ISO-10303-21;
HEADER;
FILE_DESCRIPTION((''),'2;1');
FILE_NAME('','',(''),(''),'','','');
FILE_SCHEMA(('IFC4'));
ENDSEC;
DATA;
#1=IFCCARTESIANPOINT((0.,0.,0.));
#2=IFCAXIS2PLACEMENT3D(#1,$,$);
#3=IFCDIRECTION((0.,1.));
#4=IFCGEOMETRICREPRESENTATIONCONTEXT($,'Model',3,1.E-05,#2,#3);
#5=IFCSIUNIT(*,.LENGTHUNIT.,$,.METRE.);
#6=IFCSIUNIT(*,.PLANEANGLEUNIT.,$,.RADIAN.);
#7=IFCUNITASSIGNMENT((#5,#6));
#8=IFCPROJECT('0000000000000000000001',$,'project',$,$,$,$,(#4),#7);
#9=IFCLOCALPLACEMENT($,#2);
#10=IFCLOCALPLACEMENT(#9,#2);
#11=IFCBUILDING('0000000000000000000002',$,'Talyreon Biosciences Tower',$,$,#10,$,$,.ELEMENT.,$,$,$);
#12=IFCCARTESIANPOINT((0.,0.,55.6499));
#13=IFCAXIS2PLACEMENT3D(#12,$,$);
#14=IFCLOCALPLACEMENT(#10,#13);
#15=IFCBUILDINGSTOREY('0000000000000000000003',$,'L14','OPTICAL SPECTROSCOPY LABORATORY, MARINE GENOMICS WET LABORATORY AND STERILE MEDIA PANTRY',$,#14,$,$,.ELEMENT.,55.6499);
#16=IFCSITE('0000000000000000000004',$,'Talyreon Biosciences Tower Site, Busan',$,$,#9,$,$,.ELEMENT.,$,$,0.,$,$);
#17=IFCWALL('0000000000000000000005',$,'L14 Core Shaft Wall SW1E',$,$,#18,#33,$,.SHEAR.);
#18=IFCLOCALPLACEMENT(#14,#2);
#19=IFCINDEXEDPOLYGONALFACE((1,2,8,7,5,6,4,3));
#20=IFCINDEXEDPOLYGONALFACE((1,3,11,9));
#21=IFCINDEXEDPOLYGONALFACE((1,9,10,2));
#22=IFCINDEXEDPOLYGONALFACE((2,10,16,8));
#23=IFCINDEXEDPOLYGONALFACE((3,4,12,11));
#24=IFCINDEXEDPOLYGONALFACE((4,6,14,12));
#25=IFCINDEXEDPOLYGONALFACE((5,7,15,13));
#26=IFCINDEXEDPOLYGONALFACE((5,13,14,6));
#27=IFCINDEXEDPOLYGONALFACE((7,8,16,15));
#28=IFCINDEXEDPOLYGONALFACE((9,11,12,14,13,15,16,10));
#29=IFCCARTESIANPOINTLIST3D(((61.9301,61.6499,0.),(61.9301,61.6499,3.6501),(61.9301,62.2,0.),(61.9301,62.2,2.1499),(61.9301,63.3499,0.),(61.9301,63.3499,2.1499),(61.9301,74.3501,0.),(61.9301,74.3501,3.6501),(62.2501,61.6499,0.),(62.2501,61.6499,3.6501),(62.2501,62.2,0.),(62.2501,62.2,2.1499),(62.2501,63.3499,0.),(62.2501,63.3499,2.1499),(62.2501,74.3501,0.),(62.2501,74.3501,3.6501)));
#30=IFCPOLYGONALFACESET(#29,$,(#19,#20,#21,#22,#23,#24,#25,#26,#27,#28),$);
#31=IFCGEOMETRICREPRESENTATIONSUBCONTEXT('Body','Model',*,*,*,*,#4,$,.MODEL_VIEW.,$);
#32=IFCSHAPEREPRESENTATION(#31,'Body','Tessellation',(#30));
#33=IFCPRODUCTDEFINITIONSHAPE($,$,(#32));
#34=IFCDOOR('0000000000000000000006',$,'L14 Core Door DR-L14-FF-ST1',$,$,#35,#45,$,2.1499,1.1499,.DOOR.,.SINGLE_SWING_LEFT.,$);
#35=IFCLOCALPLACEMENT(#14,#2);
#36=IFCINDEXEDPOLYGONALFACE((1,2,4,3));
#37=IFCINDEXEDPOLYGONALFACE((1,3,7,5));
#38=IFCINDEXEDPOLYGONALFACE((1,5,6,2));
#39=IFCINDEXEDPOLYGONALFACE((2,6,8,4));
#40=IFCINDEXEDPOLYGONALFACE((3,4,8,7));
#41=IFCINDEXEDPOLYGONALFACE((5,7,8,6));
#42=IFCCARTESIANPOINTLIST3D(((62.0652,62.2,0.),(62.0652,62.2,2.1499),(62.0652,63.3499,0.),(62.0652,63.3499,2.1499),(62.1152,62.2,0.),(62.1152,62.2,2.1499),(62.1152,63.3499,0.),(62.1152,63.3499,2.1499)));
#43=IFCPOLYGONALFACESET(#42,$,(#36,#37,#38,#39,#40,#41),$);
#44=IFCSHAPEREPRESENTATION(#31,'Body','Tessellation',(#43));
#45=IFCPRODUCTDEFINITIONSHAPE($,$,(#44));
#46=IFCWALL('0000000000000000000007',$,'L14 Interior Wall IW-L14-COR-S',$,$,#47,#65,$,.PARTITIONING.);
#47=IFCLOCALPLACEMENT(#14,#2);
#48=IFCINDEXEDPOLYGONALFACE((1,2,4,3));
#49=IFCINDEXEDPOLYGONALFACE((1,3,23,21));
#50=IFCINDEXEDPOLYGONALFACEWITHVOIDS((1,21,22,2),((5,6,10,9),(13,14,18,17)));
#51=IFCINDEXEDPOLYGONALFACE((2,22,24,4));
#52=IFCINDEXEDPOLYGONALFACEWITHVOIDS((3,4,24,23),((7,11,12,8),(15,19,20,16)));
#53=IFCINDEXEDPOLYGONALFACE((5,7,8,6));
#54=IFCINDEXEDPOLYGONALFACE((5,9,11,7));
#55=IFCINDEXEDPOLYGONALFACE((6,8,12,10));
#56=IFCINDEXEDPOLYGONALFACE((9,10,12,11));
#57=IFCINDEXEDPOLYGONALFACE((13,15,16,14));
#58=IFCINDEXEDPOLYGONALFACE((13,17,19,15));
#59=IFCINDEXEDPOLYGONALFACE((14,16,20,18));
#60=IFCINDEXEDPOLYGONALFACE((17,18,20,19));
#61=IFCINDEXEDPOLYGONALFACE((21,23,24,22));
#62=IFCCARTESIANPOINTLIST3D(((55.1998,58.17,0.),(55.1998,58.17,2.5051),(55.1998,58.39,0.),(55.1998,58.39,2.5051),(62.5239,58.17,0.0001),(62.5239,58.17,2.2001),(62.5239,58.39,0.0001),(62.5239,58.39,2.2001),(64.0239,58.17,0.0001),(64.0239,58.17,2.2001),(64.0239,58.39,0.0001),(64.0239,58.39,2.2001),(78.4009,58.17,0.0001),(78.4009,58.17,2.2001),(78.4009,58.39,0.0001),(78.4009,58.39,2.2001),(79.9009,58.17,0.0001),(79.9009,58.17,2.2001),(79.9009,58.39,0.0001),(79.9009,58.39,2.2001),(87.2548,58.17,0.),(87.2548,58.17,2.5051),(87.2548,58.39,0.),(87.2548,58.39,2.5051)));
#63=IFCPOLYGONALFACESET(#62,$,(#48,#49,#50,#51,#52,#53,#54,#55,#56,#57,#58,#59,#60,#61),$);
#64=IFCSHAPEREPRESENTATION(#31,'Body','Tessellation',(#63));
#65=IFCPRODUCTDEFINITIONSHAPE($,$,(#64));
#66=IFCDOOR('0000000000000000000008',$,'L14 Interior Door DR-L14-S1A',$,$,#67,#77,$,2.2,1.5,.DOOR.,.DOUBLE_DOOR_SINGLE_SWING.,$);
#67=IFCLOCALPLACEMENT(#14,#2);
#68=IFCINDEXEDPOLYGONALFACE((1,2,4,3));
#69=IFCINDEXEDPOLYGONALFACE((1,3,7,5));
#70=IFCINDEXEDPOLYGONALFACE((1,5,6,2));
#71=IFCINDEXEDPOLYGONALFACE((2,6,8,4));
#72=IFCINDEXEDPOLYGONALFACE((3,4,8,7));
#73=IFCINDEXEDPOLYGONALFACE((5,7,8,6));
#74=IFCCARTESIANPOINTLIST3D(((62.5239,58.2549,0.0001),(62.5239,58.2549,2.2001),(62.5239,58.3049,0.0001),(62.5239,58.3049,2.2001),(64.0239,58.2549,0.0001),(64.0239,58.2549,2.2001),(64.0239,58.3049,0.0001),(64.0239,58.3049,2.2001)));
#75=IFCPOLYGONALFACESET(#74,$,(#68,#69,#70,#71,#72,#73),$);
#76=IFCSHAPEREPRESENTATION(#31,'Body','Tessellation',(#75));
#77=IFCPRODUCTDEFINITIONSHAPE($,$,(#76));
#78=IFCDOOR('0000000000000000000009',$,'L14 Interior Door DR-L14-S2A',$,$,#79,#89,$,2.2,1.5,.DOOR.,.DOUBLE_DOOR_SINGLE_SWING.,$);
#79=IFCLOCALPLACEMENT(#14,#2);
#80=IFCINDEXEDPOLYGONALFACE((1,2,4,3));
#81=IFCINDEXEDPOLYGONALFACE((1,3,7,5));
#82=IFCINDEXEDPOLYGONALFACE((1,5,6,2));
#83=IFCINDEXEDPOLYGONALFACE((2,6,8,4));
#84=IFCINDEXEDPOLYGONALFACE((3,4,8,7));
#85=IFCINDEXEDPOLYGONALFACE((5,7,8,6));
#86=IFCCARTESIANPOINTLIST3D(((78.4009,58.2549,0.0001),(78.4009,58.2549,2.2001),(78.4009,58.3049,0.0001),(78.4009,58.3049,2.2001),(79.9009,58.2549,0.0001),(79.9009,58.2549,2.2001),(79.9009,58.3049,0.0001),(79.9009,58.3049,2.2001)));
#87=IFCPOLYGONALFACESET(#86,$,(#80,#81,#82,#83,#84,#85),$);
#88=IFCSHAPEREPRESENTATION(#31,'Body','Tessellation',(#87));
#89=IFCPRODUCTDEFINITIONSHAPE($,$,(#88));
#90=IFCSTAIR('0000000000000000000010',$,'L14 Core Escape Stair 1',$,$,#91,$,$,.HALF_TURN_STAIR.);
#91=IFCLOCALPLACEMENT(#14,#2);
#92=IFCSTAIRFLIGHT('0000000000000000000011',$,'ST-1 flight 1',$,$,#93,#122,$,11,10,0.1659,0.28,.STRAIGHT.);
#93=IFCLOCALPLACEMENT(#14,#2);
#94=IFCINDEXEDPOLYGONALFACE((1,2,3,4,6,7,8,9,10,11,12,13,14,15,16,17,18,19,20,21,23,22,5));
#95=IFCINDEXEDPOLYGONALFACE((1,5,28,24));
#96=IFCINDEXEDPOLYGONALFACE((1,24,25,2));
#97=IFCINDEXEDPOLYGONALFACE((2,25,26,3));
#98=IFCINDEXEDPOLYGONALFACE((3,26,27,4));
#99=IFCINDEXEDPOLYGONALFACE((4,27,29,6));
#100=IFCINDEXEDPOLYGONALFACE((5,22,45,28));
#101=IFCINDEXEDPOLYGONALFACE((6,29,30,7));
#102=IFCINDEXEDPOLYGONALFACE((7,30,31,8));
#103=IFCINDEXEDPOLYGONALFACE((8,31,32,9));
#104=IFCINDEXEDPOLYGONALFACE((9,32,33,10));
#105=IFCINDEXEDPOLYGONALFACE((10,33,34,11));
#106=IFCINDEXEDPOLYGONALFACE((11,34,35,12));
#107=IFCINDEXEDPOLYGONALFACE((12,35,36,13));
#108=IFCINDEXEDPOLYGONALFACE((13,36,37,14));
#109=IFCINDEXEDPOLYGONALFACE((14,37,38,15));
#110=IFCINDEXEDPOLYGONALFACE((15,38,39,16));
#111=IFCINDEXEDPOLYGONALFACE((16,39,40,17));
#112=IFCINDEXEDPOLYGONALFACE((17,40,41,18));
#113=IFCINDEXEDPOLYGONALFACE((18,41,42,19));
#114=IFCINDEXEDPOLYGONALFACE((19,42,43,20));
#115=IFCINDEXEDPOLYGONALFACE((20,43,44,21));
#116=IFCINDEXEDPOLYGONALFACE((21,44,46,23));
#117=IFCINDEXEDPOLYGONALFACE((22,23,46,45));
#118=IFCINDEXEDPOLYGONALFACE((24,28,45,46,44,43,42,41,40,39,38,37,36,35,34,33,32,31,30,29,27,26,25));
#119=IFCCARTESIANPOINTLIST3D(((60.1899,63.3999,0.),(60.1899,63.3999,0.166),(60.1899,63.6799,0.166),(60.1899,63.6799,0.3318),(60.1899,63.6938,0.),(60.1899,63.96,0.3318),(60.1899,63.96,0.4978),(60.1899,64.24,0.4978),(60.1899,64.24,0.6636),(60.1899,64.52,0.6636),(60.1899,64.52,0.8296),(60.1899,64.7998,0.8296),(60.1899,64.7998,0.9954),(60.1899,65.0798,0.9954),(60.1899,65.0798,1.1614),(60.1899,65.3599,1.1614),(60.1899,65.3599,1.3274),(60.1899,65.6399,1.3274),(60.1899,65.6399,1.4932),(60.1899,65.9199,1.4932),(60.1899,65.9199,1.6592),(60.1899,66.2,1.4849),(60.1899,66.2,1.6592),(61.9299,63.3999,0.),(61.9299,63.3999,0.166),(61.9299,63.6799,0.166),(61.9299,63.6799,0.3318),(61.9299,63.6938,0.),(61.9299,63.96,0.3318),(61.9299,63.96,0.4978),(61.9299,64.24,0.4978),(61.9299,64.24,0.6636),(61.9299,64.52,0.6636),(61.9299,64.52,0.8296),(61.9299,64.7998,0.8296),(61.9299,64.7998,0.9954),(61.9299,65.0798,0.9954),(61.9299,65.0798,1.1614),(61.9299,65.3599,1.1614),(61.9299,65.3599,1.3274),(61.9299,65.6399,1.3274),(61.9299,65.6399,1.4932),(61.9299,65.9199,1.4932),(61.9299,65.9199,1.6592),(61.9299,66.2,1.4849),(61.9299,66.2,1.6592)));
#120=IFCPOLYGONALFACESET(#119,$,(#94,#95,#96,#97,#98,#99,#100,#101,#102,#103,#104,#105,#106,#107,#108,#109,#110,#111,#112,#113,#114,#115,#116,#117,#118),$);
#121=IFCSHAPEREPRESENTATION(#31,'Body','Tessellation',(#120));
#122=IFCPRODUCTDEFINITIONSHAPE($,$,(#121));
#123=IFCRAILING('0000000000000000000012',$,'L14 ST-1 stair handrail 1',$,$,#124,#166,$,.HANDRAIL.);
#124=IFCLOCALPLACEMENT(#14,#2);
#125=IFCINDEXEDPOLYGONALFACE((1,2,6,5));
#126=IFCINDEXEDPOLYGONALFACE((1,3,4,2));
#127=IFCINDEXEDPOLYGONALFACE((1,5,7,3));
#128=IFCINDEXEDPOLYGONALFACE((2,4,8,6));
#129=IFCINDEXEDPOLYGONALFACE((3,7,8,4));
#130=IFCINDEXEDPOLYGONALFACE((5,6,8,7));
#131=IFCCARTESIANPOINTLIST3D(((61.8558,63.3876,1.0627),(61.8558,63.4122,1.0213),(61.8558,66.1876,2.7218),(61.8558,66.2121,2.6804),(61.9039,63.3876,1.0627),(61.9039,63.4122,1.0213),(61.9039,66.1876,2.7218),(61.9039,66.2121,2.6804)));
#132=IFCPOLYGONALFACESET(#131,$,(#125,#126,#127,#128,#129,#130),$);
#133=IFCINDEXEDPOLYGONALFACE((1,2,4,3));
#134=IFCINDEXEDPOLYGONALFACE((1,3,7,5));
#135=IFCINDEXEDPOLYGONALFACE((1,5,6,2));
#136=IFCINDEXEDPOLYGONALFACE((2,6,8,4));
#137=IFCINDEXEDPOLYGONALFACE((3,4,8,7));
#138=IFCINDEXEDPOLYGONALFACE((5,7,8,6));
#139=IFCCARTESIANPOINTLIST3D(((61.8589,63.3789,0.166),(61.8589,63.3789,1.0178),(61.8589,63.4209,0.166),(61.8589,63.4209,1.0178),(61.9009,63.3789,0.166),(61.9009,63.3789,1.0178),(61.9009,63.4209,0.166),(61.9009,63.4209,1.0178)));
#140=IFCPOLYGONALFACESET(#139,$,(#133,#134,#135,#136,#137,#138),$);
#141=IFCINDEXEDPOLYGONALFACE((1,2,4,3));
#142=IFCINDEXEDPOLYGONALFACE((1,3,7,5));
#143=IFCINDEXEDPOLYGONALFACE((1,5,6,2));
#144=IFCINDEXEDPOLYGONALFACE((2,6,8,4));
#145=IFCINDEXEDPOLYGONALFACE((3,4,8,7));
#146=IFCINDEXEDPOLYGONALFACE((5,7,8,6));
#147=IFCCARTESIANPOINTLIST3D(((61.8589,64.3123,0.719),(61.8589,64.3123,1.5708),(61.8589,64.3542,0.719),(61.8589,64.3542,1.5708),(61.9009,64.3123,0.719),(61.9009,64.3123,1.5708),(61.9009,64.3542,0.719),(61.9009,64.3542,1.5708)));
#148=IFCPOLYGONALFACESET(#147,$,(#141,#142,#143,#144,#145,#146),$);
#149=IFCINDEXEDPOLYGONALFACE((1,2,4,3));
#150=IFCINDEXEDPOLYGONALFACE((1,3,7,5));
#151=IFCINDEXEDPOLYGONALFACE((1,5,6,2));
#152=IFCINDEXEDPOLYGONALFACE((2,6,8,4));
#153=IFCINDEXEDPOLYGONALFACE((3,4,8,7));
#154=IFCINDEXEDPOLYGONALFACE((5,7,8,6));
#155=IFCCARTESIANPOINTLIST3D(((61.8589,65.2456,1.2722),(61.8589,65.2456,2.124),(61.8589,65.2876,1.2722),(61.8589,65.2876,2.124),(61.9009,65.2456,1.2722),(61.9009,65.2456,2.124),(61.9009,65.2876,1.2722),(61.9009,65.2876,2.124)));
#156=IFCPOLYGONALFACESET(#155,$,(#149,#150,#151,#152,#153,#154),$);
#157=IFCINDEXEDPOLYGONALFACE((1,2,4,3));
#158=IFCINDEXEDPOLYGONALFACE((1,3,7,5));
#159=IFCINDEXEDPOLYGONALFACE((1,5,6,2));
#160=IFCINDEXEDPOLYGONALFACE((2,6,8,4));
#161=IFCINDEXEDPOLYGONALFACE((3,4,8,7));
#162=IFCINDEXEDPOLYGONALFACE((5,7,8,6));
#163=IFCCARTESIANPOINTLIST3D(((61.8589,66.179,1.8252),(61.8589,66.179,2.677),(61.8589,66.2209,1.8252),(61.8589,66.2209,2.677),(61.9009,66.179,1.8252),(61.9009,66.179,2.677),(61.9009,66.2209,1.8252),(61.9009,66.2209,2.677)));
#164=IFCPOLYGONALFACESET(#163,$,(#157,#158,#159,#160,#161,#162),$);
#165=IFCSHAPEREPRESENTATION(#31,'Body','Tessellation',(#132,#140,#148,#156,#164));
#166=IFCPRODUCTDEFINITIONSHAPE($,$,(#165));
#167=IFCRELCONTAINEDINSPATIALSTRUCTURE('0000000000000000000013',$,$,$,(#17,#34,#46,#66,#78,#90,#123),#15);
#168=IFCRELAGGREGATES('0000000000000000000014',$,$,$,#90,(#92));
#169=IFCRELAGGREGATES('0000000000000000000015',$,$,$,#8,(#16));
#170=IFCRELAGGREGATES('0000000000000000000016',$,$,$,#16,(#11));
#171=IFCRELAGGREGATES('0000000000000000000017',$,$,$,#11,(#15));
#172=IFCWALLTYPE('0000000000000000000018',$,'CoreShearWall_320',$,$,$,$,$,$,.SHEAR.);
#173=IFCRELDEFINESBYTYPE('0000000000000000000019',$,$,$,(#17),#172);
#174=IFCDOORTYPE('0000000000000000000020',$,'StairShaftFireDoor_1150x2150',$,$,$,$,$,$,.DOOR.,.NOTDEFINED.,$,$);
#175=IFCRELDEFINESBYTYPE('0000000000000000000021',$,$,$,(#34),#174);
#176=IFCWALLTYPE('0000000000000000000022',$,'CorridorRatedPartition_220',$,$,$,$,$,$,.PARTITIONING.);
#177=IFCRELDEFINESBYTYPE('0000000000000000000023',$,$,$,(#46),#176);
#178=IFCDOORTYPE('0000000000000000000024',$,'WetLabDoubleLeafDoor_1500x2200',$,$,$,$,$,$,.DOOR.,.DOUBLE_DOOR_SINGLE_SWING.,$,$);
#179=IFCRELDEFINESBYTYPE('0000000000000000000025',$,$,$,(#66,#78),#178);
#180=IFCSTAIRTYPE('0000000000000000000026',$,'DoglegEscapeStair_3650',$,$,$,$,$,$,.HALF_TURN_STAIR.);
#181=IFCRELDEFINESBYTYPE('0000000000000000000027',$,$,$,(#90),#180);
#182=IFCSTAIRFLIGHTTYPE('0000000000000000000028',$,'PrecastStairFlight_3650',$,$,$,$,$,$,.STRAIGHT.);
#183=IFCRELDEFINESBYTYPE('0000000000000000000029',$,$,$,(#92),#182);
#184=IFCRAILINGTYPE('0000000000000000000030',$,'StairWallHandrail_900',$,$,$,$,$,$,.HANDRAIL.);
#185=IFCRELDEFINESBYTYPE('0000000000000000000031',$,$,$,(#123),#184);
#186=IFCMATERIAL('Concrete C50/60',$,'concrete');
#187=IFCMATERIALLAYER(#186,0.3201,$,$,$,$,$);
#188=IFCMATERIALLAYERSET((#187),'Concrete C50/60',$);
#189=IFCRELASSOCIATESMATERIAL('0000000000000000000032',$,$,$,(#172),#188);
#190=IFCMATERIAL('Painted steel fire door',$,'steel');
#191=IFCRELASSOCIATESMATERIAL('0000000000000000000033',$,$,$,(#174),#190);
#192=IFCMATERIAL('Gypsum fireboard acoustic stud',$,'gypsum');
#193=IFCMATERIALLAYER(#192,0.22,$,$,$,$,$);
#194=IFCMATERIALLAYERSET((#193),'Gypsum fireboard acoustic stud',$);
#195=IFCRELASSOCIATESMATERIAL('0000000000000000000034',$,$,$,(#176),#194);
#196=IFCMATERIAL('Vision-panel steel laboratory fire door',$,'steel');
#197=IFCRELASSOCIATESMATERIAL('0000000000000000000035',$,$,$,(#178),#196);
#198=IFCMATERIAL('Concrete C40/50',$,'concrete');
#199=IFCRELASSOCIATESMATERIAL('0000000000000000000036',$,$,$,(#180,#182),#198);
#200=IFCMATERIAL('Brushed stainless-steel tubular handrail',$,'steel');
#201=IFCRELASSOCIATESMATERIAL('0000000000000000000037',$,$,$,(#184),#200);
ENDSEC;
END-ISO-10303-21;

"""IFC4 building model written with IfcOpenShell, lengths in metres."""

from ifc_helpers import new_model, si_unit, direction, frame, frame_2d, origin, origin_2d, place, context, subcontext, project, spatial, polyline, rectangle, outline, extrude, material, layer, layer_set, type_object, element, fill, aggregate, save


model = new_model("IFC4")

# Units and contexts
model_context = context("Model", 3, precision=1e-05, world=origin(), true_north=direction((0.0, 1.0)))
body_context = subcontext(model_context, "Body", "Model", "MODEL_VIEW")
ifc_project = project(units=[si_unit("LENGTHUNIT", "METRE"), si_unit("PLANEANGLEUNIT", "RADIAN")], contexts=[model_context])

# Site, building, storey
site_placement = place(None, origin())
site = spatial("IfcSite", under=ifc_project, at=site_placement, Name="Talyreon Biosciences Tower Site, Busan", CompositionType="ELEMENT", RefElevation=0.0)
building_placement = place(site_placement, origin())
building = spatial("IfcBuilding", under=site, at=building_placement, Name="Talyreon Biosciences Tower", CompositionType="ELEMENT")
storey_placement = place(building_placement, frame((0.0, 0.0, 55.6499)))
storey = spatial("IfcBuildingStorey", under=building, at=storey_placement, Name="L14", Description="OPTICAL SPECTROSCOPY LABORATORY, MARINE GENOMICS WET LABORATORY AND STERILE MEDIA PANTRY", CompositionType="ELEMENT", Elevation=55.6499)

# Wall, opening, door
ifc_material_1 = material(Name="Concrete C50/60", Category="concrete")
ifc_layer_1 = layer(ifc_material_1, 0.3201)
ifc_layer_set_1 = layer_set([ifc_layer_1], Name="Concrete C50/60")
wall_type_1 = type_object("IfcWallType", Name="CoreShearWall_320", PredefinedType="SHEAR", material=ifc_layer_set_1)
wall_1_placement = place(storey_placement, frame((62.0901, 61.6499, 0.0), z_axis=(0.0, 0.0, 1.0), x_axis=(0.0, 1.0, 0.0)))
wall_1 = element("IfcWall", 1, at=wall_1_placement, inside=storey, type_object=wall_type_1, Name="L14 Core Shaft Wall SW1E", PredefinedType="SHEAR", context=body_context, shape_type="SweptSolid", body=[
    extrude(rectangle(XDim=12.7002, YDim=0.3201, at=frame_2d((6.3501, 0.0))), origin(), (0.0, 0.0, 1.0), 3.6501),
])
opening_1_placement = place(wall_1_placement, frame((0.55, 0.0, 0.0)))
opening_1 = element("IfcOpeningElement", 2, at=opening_1_placement, cuts=wall_1, PredefinedType="OPENING", context=body_context, shape_type="SweptSolid", body=[
    extrude(rectangle(XDim=1.1499, YDim=2.1499, at=frame_2d((0.575, 1.075))), frame((0.0, 0.1699, 0.0), z_axis=(0.0, -1.0, 0.0), x_axis=(1.0, 0.0, 0.0)), (0.0, 0.0, 1.0), 0.3401),
])
ifc_material_2 = material(Name="Painted steel fire door", Category="steel")
door_type_1 = type_object("IfcDoorType", Name="StairShaftFireDoor_1150x2150", OperationType="NOTDEFINED", PredefinedType="DOOR", material=ifc_material_2)
door_1_placement = place(opening_1_placement, origin())
door_1 = element("IfcDoor", 3, at=door_1_placement, inside=storey, type_object=door_type_1, Name="L14 Core Door DR-L14-FF-ST1", OperationType="SINGLE_SWING_LEFT", OverallHeight=2.1499, OverallWidth=1.1499, PredefinedType="DOOR", context=body_context, shape_type="SweptSolid", body=[
    extrude(rectangle(XDim=1.1499, YDim=2.1499, at=frame_2d((0.575, 1.075))), frame((0.0, 0.0249, 0.0), z_axis=(0.0, -1.0, 0.0), x_axis=(1.0, 0.0, 0.0)), (0.0, 0.0, 1.0), 0.05),
])
fill(opening_1, door_1)

# Wall, openings, doors
ifc_material_3 = material(Name="Gypsum fireboard acoustic stud", Category="gypsum")
ifc_layer_2 = layer(ifc_material_3, 0.22)
ifc_layer_set_2 = layer_set([ifc_layer_2], Name="Gypsum fireboard acoustic stud")
wall_type_2 = type_object("IfcWallType", Name="CorridorRatedPartition_220", PredefinedType="PARTITIONING", material=ifc_layer_set_2)
wall_2_placement = place(storey_placement, frame((55.2, 58.28, 0.0), z_axis=(0.0, 0.0, 1.0), x_axis=(1.0, 0.0, 0.0)))
wall_2 = element("IfcWall", 4, at=wall_2_placement, inside=storey, type_object=wall_type_2, Name="L14 Interior Wall IW-L14-COR-S", PredefinedType="PARTITIONING", context=body_context, shape_type="SweptSolid", body=[
    extrude(rectangle(XDim=32.0549, YDim=0.22, at=frame_2d((16.0273, 0.0))), origin(), (0.0, 0.0, 1.0), 2.5051),
])
opening_2_placement = place(wall_2_placement, frame((7.324, 0.0, 0.0)))
opening_2 = element("IfcOpeningElement", 5, at=opening_2_placement, cuts=wall_2, PredefinedType="OPENING", context=body_context, shape_type="SweptSolid", body=[
    extrude(rectangle(XDim=1.5, YDim=2.2, at=frame_2d((0.75, 1.1001))), frame((0.0, 0.1199, 0.0), z_axis=(0.0, -1.0, 0.0), x_axis=(1.0, 0.0, 0.0)), (0.0, 0.0, 1.0), 0.24),
])
opening_3_placement = place(wall_2_placement, frame((23.2009, 0.0, 0.0)))
opening_3 = element("IfcOpeningElement", 6, at=opening_3_placement, cuts=wall_2, PredefinedType="OPENING", context=body_context, shape_type="SweptSolid", body=[
    extrude(rectangle(XDim=1.5, YDim=2.2, at=frame_2d((0.75, 1.1001))), frame((0.0, 0.1199, 0.0), z_axis=(0.0, -1.0, 0.0), x_axis=(1.0, 0.0, 0.0)), (0.0, 0.0, 1.0), 0.24),
])
ifc_material_4 = material(Name="Vision-panel steel laboratory fire door", Category="steel")
door_type_2 = type_object("IfcDoorType", Name="WetLabDoubleLeafDoor_1500x2200", OperationType="DOUBLE_DOOR_SINGLE_SWING", PredefinedType="DOOR", material=ifc_material_4)
door_2_placement = place(opening_2_placement, origin())
door_2 = element("IfcDoor", 7, at=door_2_placement, inside=storey, type_object=door_type_2, Name="L14 Interior Door DR-L14-S1A", OperationType="DOUBLE_DOOR_SINGLE_SWING", OverallHeight=2.2, OverallWidth=1.5, PredefinedType="DOOR", context=body_context, shape_type="SweptSolid", body=[
    extrude(rectangle(XDim=1.5, YDim=2.2, at=frame_2d((0.75, 1.1001))), frame((0.0, 0.0249, 0.0), z_axis=(0.0, -1.0, 0.0), x_axis=(1.0, 0.0, 0.0)), (0.0, 0.0, 1.0), 0.05),
])
fill(opening_2, door_2)
door_3_placement = place(opening_3_placement, origin())
door_3 = element("IfcDoor", 8, at=door_3_placement, inside=storey, type_object=door_type_2, Name="L14 Interior Door DR-L14-S2A", OperationType="DOUBLE_DOOR_SINGLE_SWING", OverallHeight=2.2, OverallWidth=1.5, PredefinedType="DOOR", context=body_context, shape_type="SweptSolid", body=[
    extrude(rectangle(XDim=1.5, YDim=2.2, at=frame_2d((0.75, 1.1001))), frame((0.0, 0.0249, 0.0), z_axis=(0.0, -1.0, 0.0), x_axis=(1.0, 0.0, 0.0)), (0.0, 0.0, 1.0), 0.05),
])
fill(opening_3, door_3)

# Stair, stair flight
ifc_material_5 = material(Name="Concrete C40/50", Category="concrete")
stair_type = type_object("IfcStairType", Name="DoglegEscapeStair_3650", PredefinedType="HALF_TURN_STAIR", material=ifc_material_5)
stair_placement = place(storey_placement, origin())
stair = element("IfcStair", 9, at=stair_placement, inside=storey, type_object=stair_type, Name="L14 Core Escape Stair 1", PredefinedType="HALF_TURN_STAIR")
stair_flight_type = type_object("IfcStairFlightType", Name="PrecastStairFlight_3650", PredefinedType="STRAIGHT", material=ifc_material_5)
stair_flight_placement = place(storey_placement, frame((61.0601, 63.3999, 0.0), z_axis=(0.0, 0.0, 1.0), x_axis=(0.0, 1.0, 0.0)))
stair_flight = element("IfcStairFlight", 10, at=stair_flight_placement, type_object=stair_flight_type, Name="ST-1 flight 1", NumberOfRisers=11, NumberOfTreads=10, PredefinedType="STRAIGHT", RiserHeight=0.1659, TreadLength=0.28, context=body_context, shape_type="SweptSolid", body=[
    extrude(outline(polyline([(0.0, 0.0), (0.0, 0.166), (0.28, 0.166), (0.28, 0.3318), (0.5601, 0.3318), (0.5601, 0.4978), (0.8401, 0.4978), (0.8401, 0.6636), (1.1201, 0.6636), (1.1201, 0.8296), (1.3999, 0.8296), (1.3999, 0.9954), (1.6799, 0.9954), (1.6799, 1.1614), (1.96, 1.1614), (1.96, 1.3274), (2.24, 1.3274), (2.24, 1.4932), (2.52, 1.4932), (2.52, 1.6592), (2.8, 1.6592), (2.8, 1.825), (2.8, 1.4849), (0.2939, 0.0), (0.0, 0.0)])), frame((0.0, 0.8701, 0.0), z_axis=(0.0, -1.0, 0.0), x_axis=(1.0, 0.0, 0.0)), (0.0, 0.0, 1.0), 1.74),
])
aggregate(stair, [stair_flight])

# Railing
ifc_material_6 = material(Name="Brushed stainless-steel tubular handrail", Category="steel")
railing_type_1 = type_object("IfcRailingType", Name="StairWallHandrail_900", PredefinedType="HANDRAIL", material=ifc_material_6)
railing_1_placement = place(storey_placement, frame((61.8799, 63.3999, 0.166)))
element("IfcRailing", 11, at=railing_1_placement, inside=storey, type_object=railing_type_1, Name="L14 ST-1 stair handrail 1", PredefinedType="HANDRAIL", context=body_context, shape_type="SweptSolid", body=[
    extrude(rectangle(XDim=0.0481, YDim=0.0481, at=origin_2d()), frame((0.0, 0.0, 0.876), z_axis=(0.0, 0.860306, 0.509778), x_axis=(-1.0, 0.0, 0.0)), (0.0, 0.0, 1.0), 3.2546),
    extrude(rectangle(XDim=0.042, YDim=0.042, at=origin_2d()), origin(), (0.0, 0.0, 1.0), 0.8518),
    extrude(rectangle(XDim=0.042, YDim=0.042, at=origin_2d()), frame((0.0, 0.9333, 0.553)), (0.0, 0.0, 1.0), 0.8518),
    extrude(rectangle(XDim=0.042, YDim=0.042, at=origin_2d()), frame((0.0, 1.8667, 1.1062)), (0.0, 0.0, 1.0), 0.8518),
    extrude(rectangle(XDim=0.042, YDim=0.042, at=origin_2d()), frame((0.0, 2.8, 1.6592)), (0.0, 0.0, 1.0), 0.8518),
])

save(model, "model.ifc")
